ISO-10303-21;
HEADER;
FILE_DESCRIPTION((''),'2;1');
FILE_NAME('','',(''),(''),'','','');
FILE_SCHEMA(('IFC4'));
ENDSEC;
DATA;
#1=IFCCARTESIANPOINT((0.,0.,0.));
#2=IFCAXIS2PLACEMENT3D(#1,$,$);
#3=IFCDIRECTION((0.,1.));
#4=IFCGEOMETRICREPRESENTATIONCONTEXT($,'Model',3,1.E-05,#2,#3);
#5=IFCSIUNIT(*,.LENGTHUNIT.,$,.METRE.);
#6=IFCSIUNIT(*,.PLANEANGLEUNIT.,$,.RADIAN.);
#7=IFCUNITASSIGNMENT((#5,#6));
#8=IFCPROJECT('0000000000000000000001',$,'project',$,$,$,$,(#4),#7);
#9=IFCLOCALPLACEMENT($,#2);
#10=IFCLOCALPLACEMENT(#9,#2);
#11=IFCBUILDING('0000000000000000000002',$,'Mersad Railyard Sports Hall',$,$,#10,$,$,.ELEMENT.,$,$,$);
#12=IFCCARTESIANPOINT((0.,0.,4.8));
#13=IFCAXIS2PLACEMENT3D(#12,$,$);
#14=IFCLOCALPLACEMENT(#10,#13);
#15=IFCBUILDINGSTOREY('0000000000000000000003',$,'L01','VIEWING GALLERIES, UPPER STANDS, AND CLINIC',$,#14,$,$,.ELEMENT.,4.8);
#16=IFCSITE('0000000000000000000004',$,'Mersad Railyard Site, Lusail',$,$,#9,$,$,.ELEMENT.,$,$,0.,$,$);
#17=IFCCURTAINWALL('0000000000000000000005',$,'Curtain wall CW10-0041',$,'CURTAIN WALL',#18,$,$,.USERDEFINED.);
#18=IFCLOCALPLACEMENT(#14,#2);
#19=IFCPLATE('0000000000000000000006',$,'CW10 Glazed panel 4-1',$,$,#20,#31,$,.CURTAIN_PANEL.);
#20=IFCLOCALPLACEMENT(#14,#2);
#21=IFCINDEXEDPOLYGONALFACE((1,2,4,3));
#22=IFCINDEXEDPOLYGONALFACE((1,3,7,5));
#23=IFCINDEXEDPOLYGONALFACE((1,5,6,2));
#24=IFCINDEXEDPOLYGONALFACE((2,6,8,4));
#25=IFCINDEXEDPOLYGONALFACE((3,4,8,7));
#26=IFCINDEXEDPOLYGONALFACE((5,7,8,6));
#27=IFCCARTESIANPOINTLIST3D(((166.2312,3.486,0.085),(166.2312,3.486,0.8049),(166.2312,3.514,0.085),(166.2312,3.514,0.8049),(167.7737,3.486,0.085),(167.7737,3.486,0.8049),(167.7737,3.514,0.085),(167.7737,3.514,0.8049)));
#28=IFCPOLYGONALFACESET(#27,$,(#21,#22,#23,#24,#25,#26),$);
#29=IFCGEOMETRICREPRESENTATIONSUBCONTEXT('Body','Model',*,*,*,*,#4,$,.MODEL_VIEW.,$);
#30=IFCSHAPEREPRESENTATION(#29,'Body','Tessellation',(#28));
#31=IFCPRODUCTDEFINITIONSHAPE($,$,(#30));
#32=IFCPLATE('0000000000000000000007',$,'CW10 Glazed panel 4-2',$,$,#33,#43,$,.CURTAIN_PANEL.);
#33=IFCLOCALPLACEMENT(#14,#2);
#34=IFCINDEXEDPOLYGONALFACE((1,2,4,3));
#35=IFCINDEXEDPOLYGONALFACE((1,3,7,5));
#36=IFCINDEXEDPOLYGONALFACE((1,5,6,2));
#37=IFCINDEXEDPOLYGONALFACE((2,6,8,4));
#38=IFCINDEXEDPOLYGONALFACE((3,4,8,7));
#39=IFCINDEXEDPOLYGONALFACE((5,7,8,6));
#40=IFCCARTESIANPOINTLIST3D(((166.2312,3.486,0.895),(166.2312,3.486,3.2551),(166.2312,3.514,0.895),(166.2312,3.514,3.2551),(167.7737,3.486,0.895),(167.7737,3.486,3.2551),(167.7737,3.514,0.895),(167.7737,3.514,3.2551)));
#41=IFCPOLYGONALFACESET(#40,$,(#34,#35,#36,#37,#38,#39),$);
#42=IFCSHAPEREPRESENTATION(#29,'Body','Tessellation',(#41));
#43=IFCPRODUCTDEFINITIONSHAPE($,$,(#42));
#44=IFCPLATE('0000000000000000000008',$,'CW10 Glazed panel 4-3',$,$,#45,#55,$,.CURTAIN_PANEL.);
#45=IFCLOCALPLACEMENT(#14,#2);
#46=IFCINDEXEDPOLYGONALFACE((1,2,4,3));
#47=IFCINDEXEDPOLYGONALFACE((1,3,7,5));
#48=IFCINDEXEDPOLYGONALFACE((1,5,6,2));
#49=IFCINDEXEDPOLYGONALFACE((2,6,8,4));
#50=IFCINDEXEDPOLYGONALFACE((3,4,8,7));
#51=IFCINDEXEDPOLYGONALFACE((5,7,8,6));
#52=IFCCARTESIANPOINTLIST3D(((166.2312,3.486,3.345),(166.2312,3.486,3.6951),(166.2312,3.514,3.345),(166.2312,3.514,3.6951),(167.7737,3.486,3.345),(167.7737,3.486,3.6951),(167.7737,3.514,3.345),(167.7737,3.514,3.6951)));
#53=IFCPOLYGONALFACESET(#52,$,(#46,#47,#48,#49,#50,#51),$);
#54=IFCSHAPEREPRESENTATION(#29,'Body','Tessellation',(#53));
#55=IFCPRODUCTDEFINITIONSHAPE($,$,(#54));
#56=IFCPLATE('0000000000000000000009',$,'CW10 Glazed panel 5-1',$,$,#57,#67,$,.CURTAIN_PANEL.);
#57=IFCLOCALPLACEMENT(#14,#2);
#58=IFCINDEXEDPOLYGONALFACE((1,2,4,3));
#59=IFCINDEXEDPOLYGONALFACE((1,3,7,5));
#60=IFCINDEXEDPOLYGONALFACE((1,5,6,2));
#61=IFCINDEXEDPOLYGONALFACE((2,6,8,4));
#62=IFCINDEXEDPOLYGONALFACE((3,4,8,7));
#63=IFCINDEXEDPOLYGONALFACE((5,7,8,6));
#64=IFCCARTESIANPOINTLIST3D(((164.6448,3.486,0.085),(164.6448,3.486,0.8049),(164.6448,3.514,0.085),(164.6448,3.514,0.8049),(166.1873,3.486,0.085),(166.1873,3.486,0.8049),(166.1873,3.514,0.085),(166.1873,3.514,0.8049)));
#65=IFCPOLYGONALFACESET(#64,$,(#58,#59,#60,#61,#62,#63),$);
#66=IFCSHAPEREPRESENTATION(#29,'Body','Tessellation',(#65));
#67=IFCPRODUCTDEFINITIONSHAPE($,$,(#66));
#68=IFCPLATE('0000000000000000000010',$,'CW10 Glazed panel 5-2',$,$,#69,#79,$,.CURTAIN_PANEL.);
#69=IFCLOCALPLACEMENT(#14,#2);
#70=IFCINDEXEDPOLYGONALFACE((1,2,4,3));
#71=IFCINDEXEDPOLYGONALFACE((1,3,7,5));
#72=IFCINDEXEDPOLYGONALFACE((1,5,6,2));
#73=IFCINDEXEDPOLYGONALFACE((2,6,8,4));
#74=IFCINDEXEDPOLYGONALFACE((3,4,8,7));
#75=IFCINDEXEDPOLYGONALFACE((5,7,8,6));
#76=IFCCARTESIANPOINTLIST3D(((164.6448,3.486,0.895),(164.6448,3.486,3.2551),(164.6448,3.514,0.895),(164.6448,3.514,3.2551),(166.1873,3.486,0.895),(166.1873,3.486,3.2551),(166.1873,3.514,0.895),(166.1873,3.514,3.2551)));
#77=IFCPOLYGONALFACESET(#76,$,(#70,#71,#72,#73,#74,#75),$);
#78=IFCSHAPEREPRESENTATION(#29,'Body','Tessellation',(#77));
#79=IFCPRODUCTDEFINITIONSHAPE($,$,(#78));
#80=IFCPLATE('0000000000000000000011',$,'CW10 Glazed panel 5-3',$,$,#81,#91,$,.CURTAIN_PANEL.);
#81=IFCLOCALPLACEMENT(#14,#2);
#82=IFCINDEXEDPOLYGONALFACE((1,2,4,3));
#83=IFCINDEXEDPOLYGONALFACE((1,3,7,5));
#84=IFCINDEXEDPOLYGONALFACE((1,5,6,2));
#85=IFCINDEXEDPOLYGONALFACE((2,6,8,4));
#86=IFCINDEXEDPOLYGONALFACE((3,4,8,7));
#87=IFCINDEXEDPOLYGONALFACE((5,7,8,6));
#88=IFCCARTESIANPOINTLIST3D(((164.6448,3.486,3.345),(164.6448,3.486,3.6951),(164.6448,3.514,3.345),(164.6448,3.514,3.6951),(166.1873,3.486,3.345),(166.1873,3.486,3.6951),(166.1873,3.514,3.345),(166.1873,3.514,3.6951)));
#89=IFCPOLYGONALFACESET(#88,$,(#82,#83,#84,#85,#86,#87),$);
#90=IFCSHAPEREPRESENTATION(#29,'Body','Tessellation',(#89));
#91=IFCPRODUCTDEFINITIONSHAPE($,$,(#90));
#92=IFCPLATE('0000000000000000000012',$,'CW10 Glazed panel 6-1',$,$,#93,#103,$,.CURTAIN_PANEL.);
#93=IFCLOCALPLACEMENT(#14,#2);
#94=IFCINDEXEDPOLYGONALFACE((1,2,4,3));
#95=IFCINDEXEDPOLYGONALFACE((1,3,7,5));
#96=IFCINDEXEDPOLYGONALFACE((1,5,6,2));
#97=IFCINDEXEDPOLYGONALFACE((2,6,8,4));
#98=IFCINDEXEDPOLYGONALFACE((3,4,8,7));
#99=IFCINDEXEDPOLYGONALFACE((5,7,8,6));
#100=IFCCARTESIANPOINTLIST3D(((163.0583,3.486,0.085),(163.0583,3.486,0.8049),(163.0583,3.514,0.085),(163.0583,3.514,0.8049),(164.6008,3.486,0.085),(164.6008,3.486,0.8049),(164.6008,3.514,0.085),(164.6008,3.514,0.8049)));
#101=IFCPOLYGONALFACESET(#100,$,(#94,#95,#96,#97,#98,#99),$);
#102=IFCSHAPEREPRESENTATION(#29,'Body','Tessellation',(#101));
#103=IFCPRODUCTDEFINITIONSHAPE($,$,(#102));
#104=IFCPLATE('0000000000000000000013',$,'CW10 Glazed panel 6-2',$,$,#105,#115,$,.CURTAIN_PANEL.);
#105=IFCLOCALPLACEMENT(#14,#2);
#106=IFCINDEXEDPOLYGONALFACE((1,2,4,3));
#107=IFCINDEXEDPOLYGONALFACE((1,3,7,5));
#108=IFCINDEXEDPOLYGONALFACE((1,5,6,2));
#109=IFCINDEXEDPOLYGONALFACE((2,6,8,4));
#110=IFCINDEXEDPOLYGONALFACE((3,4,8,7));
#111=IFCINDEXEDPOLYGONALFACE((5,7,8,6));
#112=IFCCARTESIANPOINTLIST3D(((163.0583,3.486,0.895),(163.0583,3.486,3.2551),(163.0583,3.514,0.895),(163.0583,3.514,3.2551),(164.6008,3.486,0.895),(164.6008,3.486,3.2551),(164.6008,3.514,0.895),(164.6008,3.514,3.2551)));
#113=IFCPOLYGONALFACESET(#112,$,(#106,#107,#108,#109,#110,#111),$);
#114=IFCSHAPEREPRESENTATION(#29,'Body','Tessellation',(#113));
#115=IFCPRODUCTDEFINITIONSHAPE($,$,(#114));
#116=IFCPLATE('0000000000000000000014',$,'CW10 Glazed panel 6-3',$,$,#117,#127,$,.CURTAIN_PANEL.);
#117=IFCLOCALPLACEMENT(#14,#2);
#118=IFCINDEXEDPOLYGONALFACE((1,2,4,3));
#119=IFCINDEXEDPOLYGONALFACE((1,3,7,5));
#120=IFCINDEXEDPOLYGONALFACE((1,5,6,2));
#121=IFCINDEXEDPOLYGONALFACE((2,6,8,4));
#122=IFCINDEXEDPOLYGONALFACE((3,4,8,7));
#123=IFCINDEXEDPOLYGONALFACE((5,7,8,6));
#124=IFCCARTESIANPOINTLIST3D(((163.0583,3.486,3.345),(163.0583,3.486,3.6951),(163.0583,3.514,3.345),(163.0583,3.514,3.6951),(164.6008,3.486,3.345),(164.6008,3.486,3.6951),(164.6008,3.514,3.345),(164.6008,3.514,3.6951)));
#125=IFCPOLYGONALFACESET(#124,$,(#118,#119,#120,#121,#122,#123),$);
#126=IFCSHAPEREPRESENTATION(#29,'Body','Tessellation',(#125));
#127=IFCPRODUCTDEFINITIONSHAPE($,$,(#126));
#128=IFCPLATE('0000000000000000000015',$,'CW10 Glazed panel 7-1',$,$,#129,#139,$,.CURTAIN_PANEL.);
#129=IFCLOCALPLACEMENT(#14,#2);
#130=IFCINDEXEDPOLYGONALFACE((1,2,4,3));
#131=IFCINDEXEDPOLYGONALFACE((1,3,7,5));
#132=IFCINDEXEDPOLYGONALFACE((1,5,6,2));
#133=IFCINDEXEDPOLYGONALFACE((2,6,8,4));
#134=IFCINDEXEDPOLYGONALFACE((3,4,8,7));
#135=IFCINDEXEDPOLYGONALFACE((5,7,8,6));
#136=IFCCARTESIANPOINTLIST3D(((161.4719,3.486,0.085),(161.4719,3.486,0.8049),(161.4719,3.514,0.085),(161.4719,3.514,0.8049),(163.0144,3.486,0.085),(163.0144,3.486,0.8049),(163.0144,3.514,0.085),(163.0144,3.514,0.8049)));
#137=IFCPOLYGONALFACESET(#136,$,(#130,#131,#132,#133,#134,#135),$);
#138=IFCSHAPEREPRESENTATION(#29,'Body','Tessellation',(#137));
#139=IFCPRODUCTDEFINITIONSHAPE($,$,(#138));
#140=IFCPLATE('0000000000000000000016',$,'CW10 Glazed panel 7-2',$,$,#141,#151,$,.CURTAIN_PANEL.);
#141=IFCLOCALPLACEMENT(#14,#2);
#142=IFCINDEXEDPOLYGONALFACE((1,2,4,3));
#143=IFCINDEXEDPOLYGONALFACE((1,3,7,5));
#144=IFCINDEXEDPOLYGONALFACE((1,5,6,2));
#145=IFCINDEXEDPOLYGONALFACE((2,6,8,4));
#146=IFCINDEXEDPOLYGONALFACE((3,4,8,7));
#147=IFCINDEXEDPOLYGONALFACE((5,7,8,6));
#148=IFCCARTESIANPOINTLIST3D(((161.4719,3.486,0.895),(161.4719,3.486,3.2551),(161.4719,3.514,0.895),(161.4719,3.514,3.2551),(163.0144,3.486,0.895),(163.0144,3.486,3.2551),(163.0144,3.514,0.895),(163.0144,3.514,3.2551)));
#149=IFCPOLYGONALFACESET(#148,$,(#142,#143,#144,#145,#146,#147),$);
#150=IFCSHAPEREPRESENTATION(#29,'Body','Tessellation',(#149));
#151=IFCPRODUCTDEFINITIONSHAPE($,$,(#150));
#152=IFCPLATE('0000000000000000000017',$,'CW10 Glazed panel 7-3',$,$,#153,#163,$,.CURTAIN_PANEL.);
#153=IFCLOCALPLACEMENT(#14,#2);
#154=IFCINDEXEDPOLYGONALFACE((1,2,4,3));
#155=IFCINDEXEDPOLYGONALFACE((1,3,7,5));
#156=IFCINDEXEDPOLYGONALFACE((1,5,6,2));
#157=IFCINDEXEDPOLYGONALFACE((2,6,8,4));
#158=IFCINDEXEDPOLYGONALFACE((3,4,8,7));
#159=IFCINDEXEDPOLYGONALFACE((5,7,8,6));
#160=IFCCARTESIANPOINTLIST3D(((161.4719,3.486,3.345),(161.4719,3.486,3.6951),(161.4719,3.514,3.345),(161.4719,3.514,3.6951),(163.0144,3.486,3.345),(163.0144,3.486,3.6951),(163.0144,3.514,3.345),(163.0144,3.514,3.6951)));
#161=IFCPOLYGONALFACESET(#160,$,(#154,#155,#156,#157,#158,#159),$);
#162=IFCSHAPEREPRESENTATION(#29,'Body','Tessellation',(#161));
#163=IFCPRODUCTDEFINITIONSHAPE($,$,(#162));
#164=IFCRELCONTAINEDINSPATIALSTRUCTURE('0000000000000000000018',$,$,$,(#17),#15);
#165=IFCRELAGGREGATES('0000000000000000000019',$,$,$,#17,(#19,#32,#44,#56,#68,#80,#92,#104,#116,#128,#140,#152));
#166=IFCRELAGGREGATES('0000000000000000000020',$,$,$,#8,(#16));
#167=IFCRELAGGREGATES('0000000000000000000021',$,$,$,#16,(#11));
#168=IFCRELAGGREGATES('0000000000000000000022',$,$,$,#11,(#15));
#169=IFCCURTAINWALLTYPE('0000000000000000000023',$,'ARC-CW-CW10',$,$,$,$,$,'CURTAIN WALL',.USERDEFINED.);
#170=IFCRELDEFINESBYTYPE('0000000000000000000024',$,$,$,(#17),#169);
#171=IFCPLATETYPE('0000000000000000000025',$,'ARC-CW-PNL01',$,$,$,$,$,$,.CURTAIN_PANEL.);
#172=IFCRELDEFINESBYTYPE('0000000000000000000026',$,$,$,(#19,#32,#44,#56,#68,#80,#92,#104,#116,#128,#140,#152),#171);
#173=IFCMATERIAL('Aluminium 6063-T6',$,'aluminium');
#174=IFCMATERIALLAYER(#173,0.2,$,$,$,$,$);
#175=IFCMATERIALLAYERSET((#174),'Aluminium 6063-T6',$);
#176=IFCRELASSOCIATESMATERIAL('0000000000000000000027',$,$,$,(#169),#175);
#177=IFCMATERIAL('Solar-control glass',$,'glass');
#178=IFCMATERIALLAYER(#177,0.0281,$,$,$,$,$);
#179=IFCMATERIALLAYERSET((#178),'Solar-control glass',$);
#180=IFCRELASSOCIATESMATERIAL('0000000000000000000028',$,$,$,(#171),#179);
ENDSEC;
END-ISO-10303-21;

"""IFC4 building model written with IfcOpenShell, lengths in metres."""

from ifc_helpers import new_model, si_unit, direction, frame, origin, origin_2d, place, context, subcontext, project, spatial, rectangle, extrude, material, layer, layer_set, type_object, element, aggregate, save


model = new_model("IFC4")

# Units and contexts
model_context = context("Model", 3, precision=1e-05, world=origin(), true_north=direction((0.0, 1.0)))
body_context = subcontext(model_context, "Body", "Model", "MODEL_VIEW")
ifc_project = project(units=[si_unit("LENGTHUNIT", "METRE"), si_unit("PLANEANGLEUNIT", "RADIAN")], contexts=[model_context])

# Site, building, storey
site_placement = place(None, origin())
site = spatial("IfcSite", under=ifc_project, at=site_placement, Name="Mersad Railyard Site, Lusail", CompositionType="ELEMENT", RefElevation=0.0)
building_placement = place(site_placement, origin())
building = spatial("IfcBuilding", under=site, at=building_placement, Name="Mersad Railyard Sports Hall", CompositionType="ELEMENT")
storey_placement = place(building_placement, frame((0.0, 0.0, 4.8)))
storey = spatial("IfcBuildingStorey", under=building, at=storey_placement, Name="L01", Description="VIEWING GALLERIES, UPPER STANDS, AND CLINIC", CompositionType="ELEMENT", Elevation=4.8)

# Curtain wall, plates
ifc_material_1 = material(Name="Aluminium 6063-T6", Category="aluminium")
ifc_layer_1 = layer(ifc_material_1, 0.2)
ifc_layer_set_1 = layer_set([ifc_layer_1], Name="Aluminium 6063-T6")
curtain_wall_type = type_object("IfcCurtainWallType", Name="ARC-CW-CW10", ElementType="CURTAIN WALL", PredefinedType="USERDEFINED", material=ifc_layer_set_1)
curtain_wall_placement = place(storey_placement, origin())
curtain_wall = element("IfcCurtainWall", 1, at=curtain_wall_placement, inside=storey, type_object=curtain_wall_type, Name="Curtain wall CW10-0041", ObjectType="CURTAIN WALL", PredefinedType="USERDEFINED")
ifc_material_2 = material(Name="Solar-control glass", Category="glass")
ifc_layer_2 = layer(ifc_material_2, 0.0281)
ifc_layer_set_2 = layer_set([ifc_layer_2], Name="Solar-control glass")
plate_type = type_object("IfcPlateType", Name="ARC-CW-PNL01", PredefinedType="CURTAIN_PANEL", material=ifc_layer_set_2)
plate_1_placement = place(storey_placement, frame((167.0024, 3.5, 0.085), z_axis=(0.0, 0.0, 1.0), x_axis=(-1.0, 0.0, 0.0)))
plate_1 = element("IfcPlate", 2, at=plate_1_placement, type_object=plate_type, Name="CW10 Glazed panel 4-1", PredefinedType="CURTAIN_PANEL", context=body_context, shape_type="SweptSolid", body=[
    extrude(rectangle(XDim=1.5425, YDim=0.0281, at=origin_2d()), origin(), (0.0, 0.0, 1.0), 0.72),
])
plate_2_placement = place(storey_placement, frame((167.0024, 3.5, 0.895), z_axis=(0.0, 0.0, 1.0), x_axis=(-1.0, 0.0, 0.0)))
plate_2 = element("IfcPlate", 3, at=plate_2_placement, type_object=plate_type, Name="CW10 Glazed panel 4-2", PredefinedType="CURTAIN_PANEL", context=body_context, shape_type="SweptSolid", body=[
    extrude(rectangle(XDim=1.5425, YDim=0.0281, at=origin_2d()), origin(), (0.0, 0.0, 1.0), 2.3601),
])
plate_3_placement = place(storey_placement, frame((167.0024, 3.5, 3.345), z_axis=(0.0, 0.0, 1.0), x_axis=(-1.0, 0.0, 0.0)))
plate_3 = element("IfcPlate", 4, at=plate_3_placement, type_object=plate_type, Name="CW10 Glazed panel 4-3", PredefinedType="CURTAIN_PANEL", context=body_context, shape_type="SweptSolid", body=[
    extrude(rectangle(XDim=1.5425, YDim=0.0281, at=origin_2d()), origin(), (0.0, 0.0, 1.0), 0.3501),
])
plate_4_placement = place(storey_placement, frame((165.416, 3.5, 0.085), z_axis=(0.0, 0.0, 1.0), x_axis=(-1.0, 0.0, 0.0)))
plate_4 = element("IfcPlate", 5, at=plate_4_placement, type_object=plate_type, Name="CW10 Glazed panel 5-1", PredefinedType="CURTAIN_PANEL", context=body_context, shape_type="SweptSolid", body=[
    extrude(rectangle(XDim=1.5425, YDim=0.0281, at=origin_2d()), origin(), (0.0, 0.0, 1.0), 0.72),
])
plate_5_placement = place(storey_placement, frame((165.416, 3.5, 0.895), z_axis=(0.0, 0.0, 1.0), x_axis=(-1.0, 0.0, 0.0)))
plate_5 = element("IfcPlate", 6, at=plate_5_placement, type_object=plate_type, Name="CW10 Glazed panel 5-2", PredefinedType="CURTAIN_PANEL", context=body_context, shape_type="SweptSolid", body=[
    extrude(rectangle(XDim=1.5425, YDim=0.0281, at=origin_2d()), origin(), (0.0, 0.0, 1.0), 2.3601),
])
plate_6_placement = place(storey_placement, frame((165.416, 3.5, 3.345), z_axis=(0.0, 0.0, 1.0), x_axis=(-1.0, 0.0, 0.0)))
plate_6 = element("IfcPlate", 7, at=plate_6_placement, type_object=plate_type, Name="CW10 Glazed panel 5-3", PredefinedType="CURTAIN_PANEL", context=body_context, shape_type="SweptSolid", body=[
    extrude(rectangle(XDim=1.5425, YDim=0.0281, at=origin_2d()), origin(), (0.0, 0.0, 1.0), 0.3501),
])
plate_7_placement = place(storey_placement, frame((163.8296, 3.5, 0.085), z_axis=(0.0, 0.0, 1.0), x_axis=(-1.0, 0.0, 0.0)))
plate_7 = element("IfcPlate", 8, at=plate_7_placement, type_object=plate_type, Name="CW10 Glazed panel 6-1", PredefinedType="CURTAIN_PANEL", context=body_context, shape_type="SweptSolid", body=[
    extrude(rectangle(XDim=1.5425, YDim=0.0281, at=origin_2d()), origin(), (0.0, 0.0, 1.0), 0.72),
])
plate_8_placement = place(storey_placement, frame((163.8296, 3.5, 0.895), z_axis=(0.0, 0.0, 1.0), x_axis=(-1.0, 0.0, 0.0)))
plate_8 = element("IfcPlate", 9, at=plate_8_placement, type_object=plate_type, Name="CW10 Glazed panel 6-2", PredefinedType="CURTAIN_PANEL", context=body_context, shape_type="SweptSolid", body=[
    extrude(rectangle(XDim=1.5425, YDim=0.0281, at=origin_2d()), origin(), (0.0, 0.0, 1.0), 2.3601),
])
plate_9_placement = place(storey_placement, frame((163.8296, 3.5, 3.345), z_axis=(0.0, 0.0, 1.0), x_axis=(-1.0, 0.0, 0.0)))
plate_9 = element("IfcPlate", 10, at=plate_9_placement, type_object=plate_type, Name="CW10 Glazed panel 6-3", PredefinedType="CURTAIN_PANEL", context=body_context, shape_type="SweptSolid", body=[
    extrude(rectangle(XDim=1.5425, YDim=0.0281, at=origin_2d()), origin(), (0.0, 0.0, 1.0), 0.3501),
])
plate_10_placement = place(storey_placement, frame((162.2432, 3.5, 0.085), z_axis=(0.0, 0.0, 1.0), x_axis=(-1.0, 0.0, 0.0)))
plate_10 = element("IfcPlate", 11, at=plate_10_placement, type_object=plate_type, Name="CW10 Glazed panel 7-1", PredefinedType="CURTAIN_PANEL", context=body_context, shape_type="SweptSolid", body=[
    extrude(rectangle(XDim=1.5425, YDim=0.0281, at=origin_2d()), origin(), (0.0, 0.0, 1.0), 0.72),
])
plate_11_placement = place(storey_placement, frame((162.2432, 3.5, 0.895), z_axis=(0.0, 0.0, 1.0), x_axis=(-1.0, 0.0, 0.0)))
plate_11 = element("IfcPlate", 12, at=plate_11_placement, type_object=plate_type, Name="CW10 Glazed panel 7-2", PredefinedType="CURTAIN_PANEL", context=body_context, shape_type="SweptSolid", body=[
    extrude(rectangle(XDim=1.5425, YDim=0.0281, at=origin_2d()), origin(), (0.0, 0.0, 1.0), 2.3601),
])
plate_12_placement = place(storey_placement, frame((162.2432, 3.5, 3.345), z_axis=(0.0, 0.0, 1.0), x_axis=(-1.0, 0.0, 0.0)))
plate_12 = element("IfcPlate", 13, at=plate_12_placement, type_object=plate_type, Name="CW10 Glazed panel 7-3", PredefinedType="CURTAIN_PANEL", context=body_context, shape_type="SweptSolid", body=[
    extrude(rectangle(XDim=1.5425, YDim=0.0281, at=origin_2d()), origin(), (0.0, 0.0, 1.0), 0.3501),
])
aggregate(curtain_wall, [plate_1, plate_2, plate_3, plate_4, plate_5, plate_6, plate_7, plate_8, plate_9, plate_10, plate_11, plate_12])

save(model, "model.ifc")
